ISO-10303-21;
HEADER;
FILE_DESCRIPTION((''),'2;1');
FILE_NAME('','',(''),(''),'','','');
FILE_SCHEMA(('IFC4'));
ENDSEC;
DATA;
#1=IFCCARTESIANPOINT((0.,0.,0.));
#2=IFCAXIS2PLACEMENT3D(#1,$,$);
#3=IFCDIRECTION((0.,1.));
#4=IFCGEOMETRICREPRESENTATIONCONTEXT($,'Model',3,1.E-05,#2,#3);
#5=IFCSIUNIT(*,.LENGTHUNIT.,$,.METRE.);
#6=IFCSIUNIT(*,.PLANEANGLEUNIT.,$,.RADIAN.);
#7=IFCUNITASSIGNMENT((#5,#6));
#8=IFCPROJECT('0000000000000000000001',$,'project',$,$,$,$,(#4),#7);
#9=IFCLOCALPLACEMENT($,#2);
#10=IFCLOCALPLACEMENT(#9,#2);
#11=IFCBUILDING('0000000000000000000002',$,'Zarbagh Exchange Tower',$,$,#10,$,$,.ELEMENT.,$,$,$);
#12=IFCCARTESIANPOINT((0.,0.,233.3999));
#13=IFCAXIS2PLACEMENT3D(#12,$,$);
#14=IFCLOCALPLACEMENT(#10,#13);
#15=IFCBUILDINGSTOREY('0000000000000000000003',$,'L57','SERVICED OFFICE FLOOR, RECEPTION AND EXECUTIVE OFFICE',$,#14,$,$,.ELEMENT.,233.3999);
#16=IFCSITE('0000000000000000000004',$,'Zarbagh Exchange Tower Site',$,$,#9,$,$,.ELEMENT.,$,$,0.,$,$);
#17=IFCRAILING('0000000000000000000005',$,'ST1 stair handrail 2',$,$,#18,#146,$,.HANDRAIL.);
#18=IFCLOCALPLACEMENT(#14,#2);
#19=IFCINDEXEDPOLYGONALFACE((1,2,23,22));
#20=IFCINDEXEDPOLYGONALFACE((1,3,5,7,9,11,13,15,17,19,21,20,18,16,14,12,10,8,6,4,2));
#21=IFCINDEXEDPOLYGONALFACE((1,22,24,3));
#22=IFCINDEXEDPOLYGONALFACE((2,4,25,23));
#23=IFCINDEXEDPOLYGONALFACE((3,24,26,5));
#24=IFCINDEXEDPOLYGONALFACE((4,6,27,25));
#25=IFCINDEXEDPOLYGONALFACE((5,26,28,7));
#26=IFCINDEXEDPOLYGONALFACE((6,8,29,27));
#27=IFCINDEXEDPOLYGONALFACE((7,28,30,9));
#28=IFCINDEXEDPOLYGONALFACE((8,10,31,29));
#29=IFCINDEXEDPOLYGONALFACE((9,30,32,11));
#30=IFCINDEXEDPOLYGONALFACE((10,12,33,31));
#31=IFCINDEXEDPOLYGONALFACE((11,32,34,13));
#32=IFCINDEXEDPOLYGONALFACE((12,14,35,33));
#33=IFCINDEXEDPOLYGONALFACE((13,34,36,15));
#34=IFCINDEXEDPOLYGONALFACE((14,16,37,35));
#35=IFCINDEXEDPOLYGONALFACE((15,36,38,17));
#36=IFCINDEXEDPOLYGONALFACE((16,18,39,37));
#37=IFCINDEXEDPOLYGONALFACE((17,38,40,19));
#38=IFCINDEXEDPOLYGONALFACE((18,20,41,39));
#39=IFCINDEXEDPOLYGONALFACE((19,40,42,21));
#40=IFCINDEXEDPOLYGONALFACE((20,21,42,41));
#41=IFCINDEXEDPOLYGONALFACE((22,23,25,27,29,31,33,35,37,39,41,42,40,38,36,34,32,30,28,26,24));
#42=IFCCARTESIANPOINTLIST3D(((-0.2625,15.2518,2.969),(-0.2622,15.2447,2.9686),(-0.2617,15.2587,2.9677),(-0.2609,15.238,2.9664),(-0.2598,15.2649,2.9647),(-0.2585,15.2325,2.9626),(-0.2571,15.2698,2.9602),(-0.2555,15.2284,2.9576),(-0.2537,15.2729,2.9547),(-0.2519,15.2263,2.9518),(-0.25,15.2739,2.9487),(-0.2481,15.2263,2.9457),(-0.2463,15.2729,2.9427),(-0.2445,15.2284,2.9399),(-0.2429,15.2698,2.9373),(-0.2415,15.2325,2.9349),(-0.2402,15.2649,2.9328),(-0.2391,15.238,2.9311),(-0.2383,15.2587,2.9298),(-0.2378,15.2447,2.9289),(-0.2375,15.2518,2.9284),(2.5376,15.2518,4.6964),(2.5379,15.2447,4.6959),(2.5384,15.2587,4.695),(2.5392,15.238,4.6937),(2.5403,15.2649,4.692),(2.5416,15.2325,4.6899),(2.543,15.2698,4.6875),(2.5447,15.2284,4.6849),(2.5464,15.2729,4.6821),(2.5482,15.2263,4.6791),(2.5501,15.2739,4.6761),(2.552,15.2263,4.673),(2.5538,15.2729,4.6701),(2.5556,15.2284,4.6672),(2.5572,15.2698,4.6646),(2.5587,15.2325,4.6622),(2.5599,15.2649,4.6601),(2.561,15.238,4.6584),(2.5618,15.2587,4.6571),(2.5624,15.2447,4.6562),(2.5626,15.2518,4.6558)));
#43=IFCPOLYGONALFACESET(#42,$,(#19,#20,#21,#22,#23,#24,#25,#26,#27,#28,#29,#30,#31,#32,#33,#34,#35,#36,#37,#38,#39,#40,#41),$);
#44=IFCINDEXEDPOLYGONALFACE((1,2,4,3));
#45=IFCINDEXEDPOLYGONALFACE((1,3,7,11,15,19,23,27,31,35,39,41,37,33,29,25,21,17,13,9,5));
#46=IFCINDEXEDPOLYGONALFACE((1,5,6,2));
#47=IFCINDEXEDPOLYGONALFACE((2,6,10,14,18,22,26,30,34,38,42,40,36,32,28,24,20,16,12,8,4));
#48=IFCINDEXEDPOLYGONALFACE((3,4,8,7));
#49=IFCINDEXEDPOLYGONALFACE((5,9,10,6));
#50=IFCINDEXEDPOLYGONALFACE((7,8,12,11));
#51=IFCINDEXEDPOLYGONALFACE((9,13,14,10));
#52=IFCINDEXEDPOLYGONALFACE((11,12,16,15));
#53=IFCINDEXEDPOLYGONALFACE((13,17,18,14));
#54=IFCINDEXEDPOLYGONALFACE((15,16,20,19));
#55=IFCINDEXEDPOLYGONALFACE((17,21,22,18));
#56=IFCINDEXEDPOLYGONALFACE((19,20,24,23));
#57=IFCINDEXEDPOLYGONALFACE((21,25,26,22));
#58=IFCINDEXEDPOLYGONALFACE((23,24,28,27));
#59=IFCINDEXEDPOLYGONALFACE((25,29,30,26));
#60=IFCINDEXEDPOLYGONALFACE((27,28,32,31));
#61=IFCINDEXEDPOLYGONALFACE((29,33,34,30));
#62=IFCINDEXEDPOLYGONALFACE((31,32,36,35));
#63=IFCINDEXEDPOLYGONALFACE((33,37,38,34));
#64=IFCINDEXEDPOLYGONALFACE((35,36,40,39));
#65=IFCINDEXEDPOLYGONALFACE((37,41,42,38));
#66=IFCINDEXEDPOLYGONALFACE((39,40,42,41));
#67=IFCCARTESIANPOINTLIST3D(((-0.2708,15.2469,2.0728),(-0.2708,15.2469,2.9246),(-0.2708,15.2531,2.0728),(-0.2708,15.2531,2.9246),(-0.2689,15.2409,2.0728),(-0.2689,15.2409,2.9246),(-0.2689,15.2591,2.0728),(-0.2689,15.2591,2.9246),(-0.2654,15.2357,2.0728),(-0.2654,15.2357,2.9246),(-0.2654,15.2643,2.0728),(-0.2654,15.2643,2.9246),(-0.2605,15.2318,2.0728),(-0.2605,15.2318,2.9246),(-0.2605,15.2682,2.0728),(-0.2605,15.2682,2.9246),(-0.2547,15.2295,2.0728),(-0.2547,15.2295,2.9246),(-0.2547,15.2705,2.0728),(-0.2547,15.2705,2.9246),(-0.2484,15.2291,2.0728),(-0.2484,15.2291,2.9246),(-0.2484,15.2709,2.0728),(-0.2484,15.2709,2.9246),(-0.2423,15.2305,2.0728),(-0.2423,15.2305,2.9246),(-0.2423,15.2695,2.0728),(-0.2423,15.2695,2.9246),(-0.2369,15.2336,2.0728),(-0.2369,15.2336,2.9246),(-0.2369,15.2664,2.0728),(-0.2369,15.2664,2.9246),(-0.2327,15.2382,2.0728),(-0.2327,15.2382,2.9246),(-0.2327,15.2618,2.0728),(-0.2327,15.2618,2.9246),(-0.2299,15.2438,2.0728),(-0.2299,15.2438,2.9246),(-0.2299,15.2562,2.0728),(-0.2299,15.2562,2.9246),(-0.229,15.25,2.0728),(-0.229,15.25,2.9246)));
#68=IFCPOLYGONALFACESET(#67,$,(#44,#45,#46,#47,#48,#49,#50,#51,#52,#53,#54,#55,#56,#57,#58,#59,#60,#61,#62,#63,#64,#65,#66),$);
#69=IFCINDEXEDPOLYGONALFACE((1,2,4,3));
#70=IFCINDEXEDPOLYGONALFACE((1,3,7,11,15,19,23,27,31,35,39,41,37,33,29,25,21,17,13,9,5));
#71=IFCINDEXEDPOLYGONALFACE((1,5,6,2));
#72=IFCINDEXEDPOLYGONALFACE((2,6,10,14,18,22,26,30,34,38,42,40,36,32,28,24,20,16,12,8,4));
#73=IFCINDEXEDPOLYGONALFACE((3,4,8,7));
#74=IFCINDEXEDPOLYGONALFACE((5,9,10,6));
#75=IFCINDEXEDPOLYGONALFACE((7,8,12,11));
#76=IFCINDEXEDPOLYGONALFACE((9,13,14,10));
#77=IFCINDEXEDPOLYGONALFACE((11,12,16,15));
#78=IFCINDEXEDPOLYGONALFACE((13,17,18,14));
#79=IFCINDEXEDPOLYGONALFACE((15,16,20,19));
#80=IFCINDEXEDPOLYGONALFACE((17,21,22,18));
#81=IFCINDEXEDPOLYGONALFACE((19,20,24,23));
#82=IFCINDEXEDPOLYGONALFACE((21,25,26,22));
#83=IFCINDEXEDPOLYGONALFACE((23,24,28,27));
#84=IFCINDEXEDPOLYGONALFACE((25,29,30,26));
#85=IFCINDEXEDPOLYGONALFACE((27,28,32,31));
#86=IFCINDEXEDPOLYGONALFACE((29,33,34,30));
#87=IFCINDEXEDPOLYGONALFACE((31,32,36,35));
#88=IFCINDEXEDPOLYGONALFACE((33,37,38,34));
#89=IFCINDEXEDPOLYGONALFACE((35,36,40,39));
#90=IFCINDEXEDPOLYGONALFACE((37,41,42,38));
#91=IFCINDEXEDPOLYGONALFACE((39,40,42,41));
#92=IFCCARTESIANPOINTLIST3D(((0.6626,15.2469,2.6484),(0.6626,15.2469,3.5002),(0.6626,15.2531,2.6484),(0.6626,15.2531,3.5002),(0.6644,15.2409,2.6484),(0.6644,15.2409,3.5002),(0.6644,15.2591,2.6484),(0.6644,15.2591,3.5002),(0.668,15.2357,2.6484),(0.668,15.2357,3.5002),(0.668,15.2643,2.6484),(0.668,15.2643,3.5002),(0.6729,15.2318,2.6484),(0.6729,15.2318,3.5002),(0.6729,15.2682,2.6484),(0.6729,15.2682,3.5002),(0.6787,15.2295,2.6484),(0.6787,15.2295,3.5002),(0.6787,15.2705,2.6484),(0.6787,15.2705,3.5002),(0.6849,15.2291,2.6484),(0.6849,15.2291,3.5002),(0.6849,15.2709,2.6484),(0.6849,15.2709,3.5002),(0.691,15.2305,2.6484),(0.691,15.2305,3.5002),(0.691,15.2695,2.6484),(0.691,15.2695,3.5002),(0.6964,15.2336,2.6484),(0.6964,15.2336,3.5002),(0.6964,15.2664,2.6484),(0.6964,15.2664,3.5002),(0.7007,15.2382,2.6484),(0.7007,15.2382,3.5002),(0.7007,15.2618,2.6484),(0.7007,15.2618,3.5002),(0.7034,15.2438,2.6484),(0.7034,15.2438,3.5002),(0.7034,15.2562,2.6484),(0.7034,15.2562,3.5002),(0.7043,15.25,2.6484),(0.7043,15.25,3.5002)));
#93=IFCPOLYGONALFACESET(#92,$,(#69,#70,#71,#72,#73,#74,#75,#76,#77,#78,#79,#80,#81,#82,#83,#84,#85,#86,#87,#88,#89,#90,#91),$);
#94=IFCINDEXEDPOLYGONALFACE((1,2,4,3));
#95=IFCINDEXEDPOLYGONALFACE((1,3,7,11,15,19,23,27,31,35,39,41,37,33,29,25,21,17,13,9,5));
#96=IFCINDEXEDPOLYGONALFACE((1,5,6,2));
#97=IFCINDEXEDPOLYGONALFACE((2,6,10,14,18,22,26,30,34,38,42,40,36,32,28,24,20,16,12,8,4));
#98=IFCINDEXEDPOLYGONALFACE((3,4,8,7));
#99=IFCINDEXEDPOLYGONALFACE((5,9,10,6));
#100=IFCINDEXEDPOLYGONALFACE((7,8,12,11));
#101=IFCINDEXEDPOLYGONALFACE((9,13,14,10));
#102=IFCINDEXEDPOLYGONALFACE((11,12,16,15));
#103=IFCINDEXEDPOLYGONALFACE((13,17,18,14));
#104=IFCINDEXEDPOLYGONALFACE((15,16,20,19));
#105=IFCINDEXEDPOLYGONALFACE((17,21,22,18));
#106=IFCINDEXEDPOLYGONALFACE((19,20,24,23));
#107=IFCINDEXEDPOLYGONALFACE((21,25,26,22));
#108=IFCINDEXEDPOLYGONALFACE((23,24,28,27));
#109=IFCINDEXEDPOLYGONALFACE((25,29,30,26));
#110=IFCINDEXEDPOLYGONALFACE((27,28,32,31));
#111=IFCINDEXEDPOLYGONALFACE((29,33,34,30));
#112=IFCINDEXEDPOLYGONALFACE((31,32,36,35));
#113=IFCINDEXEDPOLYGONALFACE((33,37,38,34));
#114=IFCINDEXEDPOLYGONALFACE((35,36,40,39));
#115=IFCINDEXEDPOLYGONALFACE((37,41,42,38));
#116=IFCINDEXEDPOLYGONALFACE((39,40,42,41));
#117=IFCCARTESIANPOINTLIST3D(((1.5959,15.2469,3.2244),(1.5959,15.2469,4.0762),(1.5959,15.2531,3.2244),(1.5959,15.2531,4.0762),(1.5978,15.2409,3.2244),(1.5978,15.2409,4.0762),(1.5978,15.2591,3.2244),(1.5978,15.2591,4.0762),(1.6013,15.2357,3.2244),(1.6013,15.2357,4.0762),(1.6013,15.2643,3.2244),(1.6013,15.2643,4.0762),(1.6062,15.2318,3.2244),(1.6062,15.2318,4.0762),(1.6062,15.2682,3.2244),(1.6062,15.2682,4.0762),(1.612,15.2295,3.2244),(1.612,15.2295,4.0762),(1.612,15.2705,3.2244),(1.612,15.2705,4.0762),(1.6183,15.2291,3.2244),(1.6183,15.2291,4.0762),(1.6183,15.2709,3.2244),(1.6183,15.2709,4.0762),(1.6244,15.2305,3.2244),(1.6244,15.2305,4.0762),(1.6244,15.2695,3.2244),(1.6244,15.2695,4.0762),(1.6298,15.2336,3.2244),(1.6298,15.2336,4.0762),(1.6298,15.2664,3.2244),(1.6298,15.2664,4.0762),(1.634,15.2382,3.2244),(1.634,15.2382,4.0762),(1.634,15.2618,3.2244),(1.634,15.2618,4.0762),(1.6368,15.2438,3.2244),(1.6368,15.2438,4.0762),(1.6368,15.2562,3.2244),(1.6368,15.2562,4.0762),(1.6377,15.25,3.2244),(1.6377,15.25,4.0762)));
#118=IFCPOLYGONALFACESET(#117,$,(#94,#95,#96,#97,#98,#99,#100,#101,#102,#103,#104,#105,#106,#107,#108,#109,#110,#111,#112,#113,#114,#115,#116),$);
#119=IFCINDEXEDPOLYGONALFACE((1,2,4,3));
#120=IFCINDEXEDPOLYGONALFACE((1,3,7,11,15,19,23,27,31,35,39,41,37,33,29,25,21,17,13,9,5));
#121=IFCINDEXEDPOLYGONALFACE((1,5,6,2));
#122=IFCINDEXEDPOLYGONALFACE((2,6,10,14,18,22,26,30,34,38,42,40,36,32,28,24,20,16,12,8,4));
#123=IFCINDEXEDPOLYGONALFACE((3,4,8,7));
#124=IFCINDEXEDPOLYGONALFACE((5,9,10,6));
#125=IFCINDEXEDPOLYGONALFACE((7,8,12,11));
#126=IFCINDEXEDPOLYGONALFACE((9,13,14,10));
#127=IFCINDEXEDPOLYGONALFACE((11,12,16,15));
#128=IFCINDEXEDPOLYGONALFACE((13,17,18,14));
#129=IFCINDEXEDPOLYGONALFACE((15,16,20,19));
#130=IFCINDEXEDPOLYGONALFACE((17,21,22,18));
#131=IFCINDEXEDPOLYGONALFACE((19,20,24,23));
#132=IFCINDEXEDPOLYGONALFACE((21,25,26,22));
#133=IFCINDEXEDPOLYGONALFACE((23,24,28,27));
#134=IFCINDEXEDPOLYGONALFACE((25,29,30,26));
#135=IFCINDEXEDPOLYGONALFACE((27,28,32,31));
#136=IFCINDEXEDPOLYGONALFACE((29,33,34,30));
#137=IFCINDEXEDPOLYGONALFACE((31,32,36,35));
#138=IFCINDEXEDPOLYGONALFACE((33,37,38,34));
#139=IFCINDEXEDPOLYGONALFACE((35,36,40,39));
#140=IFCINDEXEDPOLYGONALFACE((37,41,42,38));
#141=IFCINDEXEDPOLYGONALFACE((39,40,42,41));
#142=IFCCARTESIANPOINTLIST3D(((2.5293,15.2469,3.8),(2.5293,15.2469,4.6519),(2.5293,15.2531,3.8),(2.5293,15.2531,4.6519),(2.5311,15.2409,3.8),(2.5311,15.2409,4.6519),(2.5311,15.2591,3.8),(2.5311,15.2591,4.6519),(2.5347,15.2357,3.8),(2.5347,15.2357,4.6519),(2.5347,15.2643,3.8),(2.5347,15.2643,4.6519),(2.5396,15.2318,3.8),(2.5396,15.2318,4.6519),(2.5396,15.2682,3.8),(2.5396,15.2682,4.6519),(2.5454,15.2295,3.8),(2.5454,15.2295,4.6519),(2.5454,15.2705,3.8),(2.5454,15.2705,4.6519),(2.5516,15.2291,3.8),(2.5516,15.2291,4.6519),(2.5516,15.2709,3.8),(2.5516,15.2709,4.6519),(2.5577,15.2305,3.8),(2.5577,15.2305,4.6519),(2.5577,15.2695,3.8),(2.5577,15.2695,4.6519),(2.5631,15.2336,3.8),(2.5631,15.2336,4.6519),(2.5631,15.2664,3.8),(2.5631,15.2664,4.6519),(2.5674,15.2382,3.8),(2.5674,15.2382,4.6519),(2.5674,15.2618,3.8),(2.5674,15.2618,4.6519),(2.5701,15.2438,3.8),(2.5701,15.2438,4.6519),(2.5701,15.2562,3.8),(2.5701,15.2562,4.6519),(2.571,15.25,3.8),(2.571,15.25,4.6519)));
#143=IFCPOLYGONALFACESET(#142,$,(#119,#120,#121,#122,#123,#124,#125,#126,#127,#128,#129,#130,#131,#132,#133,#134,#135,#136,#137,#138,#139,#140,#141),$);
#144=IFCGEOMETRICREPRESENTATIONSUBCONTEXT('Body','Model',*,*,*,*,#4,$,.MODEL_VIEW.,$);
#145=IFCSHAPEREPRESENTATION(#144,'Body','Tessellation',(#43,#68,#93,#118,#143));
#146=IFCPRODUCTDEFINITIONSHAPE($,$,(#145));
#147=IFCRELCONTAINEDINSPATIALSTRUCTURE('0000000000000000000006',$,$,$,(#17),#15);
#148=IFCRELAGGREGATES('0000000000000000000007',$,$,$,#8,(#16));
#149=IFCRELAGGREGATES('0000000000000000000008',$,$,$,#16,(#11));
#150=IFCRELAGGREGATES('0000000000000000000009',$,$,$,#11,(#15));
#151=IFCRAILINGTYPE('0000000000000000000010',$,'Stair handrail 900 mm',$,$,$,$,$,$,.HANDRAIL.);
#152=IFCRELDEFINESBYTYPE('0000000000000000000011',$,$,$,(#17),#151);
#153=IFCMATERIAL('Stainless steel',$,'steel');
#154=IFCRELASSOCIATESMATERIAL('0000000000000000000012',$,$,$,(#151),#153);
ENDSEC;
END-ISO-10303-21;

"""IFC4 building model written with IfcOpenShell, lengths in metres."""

from ifc_helpers import new_model, si_unit, direction, frame, origin, origin_2d, place, context, subcontext, project, spatial, circle, extrude, material, type_object, element, save


model = new_model("IFC4")

# Units and contexts
model_context = context("Model", 3, precision=1e-05, world=origin(), true_north=direction((0.0, 1.0)))
body_context = subcontext(model_context, "Body", "Model", "MODEL_VIEW")
ifc_project = project(units=[si_unit("LENGTHUNIT", "METRE"), si_unit("PLANEANGLEUNIT", "RADIAN")], contexts=[model_context])

# Site, building, storey
site_placement = place(None, origin())
site = spatial("IfcSite", under=ifc_project, at=site_placement, Name="Zarbagh Exchange Tower Site", CompositionType="ELEMENT", RefElevation=0.0)
building_placement = place(site_placement, origin())
building = spatial("IfcBuilding", under=site, at=building_placement, Name="Zarbagh Exchange Tower", CompositionType="ELEMENT")
storey_placement = place(building_placement, frame((0.0, 0.0, 233.3999)))
storey = spatial("IfcBuildingStorey", under=building, at=storey_placement, Name="L57", Description="SERVICED OFFICE FLOOR, RECEPTION AND EXECUTIVE OFFICE", CompositionType="ELEMENT", Elevation=233.3999)

# Railing
ifc_material_1 = material(Name="Stainless steel", Category="steel")
railing_type = type_object("IfcRailingType", Name="Stair handrail 900 mm", PredefinedType="HANDRAIL", material=ifc_material_1)
railing_placement = place(storey_placement, frame((-0.25, 15.25, 2.0728)))
element("IfcRailing", 1, at=railing_placement, inside=storey, type_object=railing_type, Name="ST1 stair handrail 2", PredefinedType="HANDRAIL", context=body_context, shape_type="SweptSolid", body=[
    extrude(circle(Radius=0.0239, at=origin_2d()), frame((0.0, 0.0, 0.876), z_axis=(0.85109, 0.0, 0.52502), x_axis=(0.0, 1.0, 0.0)), (0.0, 0.0, 1.0), 3.29),
    extrude(circle(Radius=0.021, at=origin_2d()), origin(), (0.0, 0.0, 1.0), 0.8518),
    extrude(circle(Radius=0.021, at=origin_2d()), frame((0.9333, 0.0, 0.5757)), (0.0, 0.0, 1.0), 0.8518),
    extrude(circle(Radius=0.021, at=origin_2d()), frame((1.8667, 0.0, 1.1516)), (0.0, 0.0, 1.0), 0.8518),
    extrude(circle(Radius=0.021, at=origin_2d()), frame((2.8, 0.0, 1.7273)), (0.0, 0.0, 1.0), 0.8518),
])

save(model, "model.ifc")
